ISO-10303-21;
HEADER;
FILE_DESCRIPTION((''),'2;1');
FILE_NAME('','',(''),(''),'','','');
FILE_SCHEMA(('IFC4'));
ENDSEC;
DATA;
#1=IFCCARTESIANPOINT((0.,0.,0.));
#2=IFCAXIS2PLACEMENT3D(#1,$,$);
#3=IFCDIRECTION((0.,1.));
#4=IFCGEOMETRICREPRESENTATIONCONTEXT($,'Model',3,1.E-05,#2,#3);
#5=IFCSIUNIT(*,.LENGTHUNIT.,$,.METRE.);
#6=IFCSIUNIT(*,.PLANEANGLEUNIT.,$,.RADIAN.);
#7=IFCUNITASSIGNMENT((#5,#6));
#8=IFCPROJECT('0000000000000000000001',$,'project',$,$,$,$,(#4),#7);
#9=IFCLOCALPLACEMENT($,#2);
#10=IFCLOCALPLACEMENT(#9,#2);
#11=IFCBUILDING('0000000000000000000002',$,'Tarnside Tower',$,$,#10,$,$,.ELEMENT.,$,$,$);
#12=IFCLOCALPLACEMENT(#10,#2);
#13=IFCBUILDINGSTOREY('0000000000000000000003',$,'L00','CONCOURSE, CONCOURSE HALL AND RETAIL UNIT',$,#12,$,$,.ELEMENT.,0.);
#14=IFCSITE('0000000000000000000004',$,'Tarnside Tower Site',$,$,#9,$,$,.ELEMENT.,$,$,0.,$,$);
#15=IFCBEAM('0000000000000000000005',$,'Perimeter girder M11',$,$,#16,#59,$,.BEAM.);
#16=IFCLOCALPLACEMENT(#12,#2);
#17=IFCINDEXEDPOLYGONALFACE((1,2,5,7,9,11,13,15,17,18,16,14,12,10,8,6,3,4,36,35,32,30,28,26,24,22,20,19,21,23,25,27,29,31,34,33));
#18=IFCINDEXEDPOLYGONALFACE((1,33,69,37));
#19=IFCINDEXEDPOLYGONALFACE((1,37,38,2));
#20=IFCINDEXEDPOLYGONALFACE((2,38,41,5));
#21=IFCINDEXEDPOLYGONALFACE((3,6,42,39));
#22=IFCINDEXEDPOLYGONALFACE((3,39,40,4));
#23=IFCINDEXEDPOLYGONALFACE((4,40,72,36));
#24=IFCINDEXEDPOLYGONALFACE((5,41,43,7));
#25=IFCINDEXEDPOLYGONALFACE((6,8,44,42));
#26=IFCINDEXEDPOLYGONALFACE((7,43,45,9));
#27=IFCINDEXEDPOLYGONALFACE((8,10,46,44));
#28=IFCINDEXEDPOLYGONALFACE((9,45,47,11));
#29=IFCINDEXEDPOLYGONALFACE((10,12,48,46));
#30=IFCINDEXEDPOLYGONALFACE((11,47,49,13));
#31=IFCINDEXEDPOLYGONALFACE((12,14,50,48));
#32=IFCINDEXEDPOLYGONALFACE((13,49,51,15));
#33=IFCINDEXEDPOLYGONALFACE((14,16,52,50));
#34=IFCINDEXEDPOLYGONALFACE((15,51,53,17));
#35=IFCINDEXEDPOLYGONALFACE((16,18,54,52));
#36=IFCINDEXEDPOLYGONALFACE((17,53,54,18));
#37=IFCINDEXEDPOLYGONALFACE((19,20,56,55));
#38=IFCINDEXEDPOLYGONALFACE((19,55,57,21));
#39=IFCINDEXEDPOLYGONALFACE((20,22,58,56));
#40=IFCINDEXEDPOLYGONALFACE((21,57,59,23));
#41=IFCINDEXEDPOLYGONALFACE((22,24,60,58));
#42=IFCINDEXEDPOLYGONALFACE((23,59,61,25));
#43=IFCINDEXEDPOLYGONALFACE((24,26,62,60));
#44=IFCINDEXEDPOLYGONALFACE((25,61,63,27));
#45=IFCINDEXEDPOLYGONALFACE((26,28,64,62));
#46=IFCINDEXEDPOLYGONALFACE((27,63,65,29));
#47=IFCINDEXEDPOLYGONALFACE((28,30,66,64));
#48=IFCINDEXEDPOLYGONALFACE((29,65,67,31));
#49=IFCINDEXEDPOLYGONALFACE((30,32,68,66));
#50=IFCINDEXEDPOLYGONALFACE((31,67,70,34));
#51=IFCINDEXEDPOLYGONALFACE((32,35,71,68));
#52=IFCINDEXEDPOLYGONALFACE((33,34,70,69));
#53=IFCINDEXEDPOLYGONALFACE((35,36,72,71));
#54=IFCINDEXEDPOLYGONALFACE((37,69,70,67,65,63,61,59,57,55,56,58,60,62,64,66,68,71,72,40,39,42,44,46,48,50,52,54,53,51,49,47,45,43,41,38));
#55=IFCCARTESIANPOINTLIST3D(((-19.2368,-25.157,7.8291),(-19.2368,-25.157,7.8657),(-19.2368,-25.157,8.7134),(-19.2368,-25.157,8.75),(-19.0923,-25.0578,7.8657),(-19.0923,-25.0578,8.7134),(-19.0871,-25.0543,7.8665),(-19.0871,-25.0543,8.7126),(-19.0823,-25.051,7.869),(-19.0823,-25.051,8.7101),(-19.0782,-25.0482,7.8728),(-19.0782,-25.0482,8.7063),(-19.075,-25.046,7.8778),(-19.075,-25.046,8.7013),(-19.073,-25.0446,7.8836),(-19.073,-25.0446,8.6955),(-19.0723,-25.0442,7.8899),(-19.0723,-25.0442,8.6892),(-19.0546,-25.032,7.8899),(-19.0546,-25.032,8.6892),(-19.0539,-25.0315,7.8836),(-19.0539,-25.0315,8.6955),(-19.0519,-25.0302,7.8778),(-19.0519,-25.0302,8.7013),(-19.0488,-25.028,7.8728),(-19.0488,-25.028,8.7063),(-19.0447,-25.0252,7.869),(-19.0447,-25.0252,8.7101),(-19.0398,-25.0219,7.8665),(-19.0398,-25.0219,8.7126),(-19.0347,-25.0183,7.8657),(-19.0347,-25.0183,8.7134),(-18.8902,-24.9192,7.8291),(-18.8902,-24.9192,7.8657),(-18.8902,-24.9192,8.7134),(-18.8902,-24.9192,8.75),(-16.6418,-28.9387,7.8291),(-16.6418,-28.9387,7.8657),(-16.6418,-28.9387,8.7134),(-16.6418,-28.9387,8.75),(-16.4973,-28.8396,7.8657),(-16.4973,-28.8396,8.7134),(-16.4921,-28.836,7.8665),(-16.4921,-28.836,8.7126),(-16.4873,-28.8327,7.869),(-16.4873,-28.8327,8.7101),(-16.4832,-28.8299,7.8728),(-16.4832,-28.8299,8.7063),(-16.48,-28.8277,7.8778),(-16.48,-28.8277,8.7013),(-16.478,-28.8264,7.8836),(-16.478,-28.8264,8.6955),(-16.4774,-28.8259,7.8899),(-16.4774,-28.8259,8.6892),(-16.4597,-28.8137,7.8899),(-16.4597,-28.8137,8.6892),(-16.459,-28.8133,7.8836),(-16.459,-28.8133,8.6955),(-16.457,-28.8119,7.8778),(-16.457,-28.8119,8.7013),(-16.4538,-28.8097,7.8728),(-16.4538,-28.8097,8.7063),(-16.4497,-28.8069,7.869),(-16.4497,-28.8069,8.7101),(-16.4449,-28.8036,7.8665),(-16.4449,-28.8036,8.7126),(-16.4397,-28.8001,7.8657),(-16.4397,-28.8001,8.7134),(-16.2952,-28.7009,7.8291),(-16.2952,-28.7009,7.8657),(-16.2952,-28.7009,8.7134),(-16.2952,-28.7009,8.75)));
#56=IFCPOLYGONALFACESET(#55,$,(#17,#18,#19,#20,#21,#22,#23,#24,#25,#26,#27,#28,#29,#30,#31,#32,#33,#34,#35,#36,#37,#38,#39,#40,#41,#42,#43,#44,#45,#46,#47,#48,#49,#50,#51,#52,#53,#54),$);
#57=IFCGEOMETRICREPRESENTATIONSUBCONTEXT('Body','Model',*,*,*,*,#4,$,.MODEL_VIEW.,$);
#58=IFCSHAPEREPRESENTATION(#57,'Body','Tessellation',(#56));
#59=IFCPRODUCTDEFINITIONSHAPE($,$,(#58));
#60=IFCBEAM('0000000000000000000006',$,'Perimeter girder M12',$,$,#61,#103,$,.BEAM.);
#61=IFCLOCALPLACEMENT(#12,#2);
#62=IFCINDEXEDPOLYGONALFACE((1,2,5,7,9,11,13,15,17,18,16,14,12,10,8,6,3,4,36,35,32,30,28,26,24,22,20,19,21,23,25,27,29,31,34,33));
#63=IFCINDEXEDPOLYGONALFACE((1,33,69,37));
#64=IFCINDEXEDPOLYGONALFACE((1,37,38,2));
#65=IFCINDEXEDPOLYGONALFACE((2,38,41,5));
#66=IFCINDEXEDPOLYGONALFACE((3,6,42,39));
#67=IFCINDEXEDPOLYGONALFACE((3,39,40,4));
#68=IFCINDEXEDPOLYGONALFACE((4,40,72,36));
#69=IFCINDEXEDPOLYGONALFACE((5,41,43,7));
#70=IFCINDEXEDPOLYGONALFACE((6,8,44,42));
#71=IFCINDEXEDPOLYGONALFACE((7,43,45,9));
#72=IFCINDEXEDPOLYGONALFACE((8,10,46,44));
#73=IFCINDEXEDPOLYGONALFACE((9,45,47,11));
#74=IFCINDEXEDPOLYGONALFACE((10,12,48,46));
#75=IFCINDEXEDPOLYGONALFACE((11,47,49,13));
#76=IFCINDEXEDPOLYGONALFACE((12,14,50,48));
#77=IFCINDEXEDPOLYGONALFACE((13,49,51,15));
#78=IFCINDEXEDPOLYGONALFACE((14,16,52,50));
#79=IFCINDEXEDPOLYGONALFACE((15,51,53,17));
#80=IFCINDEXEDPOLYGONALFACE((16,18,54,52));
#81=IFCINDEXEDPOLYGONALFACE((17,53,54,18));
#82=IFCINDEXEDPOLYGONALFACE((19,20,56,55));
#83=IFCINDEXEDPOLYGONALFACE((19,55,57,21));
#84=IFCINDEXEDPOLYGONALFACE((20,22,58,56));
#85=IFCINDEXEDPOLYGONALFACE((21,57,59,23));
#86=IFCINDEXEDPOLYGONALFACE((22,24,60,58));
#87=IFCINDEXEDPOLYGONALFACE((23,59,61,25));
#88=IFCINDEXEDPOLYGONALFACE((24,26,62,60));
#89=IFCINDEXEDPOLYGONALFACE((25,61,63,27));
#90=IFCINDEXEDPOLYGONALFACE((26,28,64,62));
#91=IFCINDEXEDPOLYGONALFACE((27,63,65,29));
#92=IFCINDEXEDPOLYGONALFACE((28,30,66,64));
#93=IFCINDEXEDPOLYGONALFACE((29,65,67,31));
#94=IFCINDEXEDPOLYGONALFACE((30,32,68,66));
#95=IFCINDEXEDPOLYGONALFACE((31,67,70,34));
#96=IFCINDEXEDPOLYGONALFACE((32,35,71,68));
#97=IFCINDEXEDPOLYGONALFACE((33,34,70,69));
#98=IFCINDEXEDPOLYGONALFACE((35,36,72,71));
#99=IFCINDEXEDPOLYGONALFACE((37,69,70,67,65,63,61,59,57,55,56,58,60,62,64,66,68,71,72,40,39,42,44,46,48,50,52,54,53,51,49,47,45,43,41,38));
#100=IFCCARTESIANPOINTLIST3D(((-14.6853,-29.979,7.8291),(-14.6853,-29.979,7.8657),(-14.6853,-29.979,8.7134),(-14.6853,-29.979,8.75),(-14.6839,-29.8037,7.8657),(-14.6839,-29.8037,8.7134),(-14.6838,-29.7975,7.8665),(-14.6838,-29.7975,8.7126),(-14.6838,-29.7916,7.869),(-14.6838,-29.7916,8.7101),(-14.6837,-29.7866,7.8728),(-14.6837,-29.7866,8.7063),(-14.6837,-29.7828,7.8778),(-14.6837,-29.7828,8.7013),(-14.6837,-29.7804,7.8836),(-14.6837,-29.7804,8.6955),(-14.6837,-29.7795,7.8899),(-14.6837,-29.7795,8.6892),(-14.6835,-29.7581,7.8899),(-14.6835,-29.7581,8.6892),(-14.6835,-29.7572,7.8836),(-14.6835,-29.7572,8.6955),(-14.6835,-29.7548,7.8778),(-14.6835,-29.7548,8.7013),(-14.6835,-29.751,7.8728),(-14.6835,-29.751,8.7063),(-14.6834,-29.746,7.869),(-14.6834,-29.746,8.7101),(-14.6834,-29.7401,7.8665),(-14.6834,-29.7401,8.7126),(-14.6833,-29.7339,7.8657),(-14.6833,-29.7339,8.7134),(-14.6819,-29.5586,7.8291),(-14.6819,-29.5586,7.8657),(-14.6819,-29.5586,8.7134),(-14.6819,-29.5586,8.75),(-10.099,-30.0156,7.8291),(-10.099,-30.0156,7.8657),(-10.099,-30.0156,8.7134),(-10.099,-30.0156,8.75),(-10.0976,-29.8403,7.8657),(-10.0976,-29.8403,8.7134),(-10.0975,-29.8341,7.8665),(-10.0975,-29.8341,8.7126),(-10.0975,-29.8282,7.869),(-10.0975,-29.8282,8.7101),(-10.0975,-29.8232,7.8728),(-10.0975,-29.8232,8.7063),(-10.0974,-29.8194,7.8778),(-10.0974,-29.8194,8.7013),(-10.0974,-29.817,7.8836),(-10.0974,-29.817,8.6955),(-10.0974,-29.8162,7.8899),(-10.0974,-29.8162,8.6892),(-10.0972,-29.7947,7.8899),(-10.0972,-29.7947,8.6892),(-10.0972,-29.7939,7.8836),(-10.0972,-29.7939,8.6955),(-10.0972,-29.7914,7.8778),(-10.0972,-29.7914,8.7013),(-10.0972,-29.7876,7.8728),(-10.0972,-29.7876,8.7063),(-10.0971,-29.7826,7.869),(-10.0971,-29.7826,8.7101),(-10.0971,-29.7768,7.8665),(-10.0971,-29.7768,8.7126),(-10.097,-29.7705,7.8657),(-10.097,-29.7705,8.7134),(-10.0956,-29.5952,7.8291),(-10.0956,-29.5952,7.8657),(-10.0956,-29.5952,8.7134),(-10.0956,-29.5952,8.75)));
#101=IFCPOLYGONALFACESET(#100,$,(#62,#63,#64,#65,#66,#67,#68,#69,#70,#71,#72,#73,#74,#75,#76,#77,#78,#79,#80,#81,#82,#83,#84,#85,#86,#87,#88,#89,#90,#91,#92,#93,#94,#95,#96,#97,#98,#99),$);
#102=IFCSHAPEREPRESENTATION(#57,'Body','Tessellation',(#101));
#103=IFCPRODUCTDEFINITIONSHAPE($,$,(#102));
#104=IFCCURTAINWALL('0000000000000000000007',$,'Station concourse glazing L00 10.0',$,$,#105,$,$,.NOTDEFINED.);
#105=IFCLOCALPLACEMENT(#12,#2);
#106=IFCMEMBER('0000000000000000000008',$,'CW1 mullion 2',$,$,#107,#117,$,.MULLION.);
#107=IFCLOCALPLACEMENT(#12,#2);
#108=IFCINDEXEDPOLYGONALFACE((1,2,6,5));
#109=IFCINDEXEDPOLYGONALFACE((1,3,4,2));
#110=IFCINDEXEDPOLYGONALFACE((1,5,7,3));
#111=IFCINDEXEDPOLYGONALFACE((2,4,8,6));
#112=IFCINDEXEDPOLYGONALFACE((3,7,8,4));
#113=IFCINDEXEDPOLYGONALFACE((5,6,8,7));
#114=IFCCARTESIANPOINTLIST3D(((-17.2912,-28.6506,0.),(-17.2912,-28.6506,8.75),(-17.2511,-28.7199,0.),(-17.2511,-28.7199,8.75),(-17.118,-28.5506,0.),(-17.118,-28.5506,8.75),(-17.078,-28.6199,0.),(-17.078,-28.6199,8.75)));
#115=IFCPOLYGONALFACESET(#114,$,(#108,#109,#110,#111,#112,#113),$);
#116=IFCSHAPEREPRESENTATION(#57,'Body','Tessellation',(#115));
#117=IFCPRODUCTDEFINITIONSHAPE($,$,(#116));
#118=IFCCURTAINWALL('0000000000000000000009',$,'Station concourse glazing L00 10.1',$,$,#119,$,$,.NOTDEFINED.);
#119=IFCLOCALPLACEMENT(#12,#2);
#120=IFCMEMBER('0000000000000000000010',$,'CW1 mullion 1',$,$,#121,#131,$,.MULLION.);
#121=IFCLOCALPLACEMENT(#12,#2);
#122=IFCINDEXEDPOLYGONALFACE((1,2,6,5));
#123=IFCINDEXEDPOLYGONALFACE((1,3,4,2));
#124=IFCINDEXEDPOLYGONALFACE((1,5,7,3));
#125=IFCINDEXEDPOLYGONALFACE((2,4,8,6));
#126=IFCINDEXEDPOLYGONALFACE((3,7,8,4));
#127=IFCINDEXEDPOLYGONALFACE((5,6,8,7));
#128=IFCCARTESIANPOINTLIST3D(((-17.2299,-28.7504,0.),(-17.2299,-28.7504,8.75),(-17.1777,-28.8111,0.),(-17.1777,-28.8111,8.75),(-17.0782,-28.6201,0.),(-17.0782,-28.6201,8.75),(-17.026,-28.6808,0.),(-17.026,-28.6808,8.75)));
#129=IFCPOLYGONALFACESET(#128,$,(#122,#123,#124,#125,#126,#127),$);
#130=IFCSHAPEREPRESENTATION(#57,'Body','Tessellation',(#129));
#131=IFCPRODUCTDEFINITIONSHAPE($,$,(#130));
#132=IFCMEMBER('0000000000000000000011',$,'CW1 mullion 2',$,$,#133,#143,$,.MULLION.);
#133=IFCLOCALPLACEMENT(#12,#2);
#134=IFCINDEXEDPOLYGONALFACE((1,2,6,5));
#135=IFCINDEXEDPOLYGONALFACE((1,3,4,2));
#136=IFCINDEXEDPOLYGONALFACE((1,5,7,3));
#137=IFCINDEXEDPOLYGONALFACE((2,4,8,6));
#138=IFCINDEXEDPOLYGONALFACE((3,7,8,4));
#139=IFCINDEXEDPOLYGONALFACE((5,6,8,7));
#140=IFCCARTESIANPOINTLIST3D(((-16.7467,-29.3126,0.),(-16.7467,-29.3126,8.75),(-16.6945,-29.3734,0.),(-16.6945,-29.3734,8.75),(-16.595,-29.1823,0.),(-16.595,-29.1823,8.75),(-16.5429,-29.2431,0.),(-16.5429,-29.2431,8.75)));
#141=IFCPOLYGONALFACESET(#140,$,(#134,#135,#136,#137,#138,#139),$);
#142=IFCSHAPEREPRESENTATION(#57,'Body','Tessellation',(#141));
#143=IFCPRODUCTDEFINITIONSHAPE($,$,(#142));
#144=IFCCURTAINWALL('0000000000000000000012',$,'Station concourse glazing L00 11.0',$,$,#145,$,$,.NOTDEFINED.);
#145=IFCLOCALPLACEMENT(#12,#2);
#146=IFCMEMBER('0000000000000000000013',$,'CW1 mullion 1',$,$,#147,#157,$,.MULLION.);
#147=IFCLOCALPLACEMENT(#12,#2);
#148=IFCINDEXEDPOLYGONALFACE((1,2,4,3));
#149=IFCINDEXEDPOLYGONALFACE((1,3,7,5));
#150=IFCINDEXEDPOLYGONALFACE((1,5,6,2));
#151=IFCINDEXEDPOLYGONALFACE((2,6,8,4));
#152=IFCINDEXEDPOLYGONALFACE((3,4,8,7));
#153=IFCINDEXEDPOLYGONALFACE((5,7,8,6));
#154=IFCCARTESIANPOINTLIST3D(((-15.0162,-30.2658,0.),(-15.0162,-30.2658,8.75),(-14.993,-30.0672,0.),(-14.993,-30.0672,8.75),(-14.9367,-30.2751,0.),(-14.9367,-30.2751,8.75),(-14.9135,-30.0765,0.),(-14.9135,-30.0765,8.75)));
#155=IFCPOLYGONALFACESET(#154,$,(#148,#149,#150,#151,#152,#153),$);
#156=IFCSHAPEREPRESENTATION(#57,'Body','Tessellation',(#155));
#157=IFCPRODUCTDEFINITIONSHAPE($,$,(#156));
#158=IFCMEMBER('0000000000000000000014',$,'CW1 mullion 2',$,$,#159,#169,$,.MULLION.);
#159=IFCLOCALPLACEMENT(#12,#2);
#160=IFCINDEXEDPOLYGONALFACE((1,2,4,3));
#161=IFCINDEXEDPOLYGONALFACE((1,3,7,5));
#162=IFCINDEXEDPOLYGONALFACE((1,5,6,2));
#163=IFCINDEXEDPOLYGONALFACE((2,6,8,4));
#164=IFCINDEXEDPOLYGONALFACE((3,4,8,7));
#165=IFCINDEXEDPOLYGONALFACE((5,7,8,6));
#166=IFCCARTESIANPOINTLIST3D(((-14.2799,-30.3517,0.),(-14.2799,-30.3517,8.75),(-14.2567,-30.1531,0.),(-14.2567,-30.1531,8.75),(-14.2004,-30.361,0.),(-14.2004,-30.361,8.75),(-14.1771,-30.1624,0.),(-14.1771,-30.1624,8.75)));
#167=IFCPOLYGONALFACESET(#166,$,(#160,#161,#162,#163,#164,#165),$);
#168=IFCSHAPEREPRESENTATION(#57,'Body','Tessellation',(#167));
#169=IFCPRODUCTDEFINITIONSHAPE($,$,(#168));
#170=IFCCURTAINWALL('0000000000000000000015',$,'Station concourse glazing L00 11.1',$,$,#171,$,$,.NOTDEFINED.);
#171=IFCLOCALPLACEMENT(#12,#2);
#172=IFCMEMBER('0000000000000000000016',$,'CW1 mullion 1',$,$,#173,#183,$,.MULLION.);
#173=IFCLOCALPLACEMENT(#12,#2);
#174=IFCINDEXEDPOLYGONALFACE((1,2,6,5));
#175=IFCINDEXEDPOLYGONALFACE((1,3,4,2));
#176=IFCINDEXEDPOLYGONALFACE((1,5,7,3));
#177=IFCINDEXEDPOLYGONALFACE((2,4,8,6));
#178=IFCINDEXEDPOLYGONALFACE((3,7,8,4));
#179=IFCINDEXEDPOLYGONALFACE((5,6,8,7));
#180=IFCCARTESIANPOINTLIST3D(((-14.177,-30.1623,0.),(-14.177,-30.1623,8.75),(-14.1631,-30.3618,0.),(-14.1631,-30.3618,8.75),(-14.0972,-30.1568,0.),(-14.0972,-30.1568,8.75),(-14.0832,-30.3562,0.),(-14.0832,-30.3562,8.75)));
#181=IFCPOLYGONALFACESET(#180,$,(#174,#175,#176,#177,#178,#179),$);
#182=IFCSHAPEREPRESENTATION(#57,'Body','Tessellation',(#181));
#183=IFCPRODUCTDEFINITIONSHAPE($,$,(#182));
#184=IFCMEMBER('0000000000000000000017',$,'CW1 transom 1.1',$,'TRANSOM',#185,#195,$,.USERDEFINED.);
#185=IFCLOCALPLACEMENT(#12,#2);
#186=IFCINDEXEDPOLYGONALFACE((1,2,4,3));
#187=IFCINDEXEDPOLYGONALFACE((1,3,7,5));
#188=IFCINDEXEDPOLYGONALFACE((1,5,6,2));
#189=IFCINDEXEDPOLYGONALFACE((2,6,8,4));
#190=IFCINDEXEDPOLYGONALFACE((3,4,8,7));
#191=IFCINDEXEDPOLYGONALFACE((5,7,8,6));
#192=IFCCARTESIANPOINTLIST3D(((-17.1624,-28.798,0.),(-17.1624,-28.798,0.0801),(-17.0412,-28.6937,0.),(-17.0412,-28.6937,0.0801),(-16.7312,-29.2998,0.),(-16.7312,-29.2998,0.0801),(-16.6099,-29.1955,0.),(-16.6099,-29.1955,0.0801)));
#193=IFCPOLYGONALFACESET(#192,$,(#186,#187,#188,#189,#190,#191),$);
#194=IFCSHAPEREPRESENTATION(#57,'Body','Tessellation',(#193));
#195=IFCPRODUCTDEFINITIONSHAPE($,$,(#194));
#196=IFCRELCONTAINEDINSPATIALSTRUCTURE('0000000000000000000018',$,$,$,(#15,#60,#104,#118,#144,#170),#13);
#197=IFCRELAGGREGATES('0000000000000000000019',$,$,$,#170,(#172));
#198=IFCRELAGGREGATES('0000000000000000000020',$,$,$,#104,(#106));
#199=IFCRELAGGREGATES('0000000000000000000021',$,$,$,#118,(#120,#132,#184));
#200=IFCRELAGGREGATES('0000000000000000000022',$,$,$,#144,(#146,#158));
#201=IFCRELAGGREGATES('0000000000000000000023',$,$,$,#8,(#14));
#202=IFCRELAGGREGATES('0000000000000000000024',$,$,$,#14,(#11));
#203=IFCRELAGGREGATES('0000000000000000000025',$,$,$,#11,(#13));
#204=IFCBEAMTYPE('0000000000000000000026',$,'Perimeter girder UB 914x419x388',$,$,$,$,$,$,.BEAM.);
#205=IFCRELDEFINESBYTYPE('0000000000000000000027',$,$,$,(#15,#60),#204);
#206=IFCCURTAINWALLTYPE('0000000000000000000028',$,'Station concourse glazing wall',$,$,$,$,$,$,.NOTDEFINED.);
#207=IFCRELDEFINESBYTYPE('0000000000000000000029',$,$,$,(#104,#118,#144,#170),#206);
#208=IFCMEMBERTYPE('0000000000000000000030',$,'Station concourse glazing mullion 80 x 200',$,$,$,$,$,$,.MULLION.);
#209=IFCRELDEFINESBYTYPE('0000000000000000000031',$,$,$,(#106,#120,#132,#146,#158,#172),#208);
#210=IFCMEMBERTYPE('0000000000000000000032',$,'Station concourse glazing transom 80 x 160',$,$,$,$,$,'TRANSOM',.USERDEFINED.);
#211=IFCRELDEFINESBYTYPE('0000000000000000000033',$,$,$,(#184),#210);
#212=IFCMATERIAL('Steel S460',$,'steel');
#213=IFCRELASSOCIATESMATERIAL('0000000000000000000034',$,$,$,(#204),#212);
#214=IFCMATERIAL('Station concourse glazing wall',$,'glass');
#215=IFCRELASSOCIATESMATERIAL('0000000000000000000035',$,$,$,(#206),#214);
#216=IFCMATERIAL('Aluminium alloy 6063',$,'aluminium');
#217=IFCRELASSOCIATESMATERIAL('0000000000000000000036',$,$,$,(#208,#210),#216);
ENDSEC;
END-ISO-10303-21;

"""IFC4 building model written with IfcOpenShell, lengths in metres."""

from ifc_helpers import new_model, si_unit, direction, frame, origin, origin_2d, place, context, subcontext, project, spatial, rectangle, i_section, extrude, material, material_profile, profile_set, type_object, element, aggregate, save


model = new_model("IFC4")

# Units and contexts
model_context = context("Model", 3, precision=1e-05, world=origin(), true_north=direction((0.0, 1.0)))
body_context = subcontext(model_context, "Body", "Model", "MODEL_VIEW")
ifc_project = project(units=[si_unit("LENGTHUNIT", "METRE"), si_unit("PLANEANGLEUNIT", "RADIAN")], contexts=[model_context])

# Site, building, storey
site_placement = place(None, origin())
site = spatial("IfcSite", under=ifc_project, at=site_placement, Name="Tarnside Tower Site", CompositionType="ELEMENT", RefElevation=0.0)
building_placement = place(site_placement, origin())
building = spatial("IfcBuilding", under=site, at=building_placement, Name="Tarnside Tower", CompositionType="ELEMENT")
storey_placement = place(building_placement, origin())
storey = spatial("IfcBuildingStorey", under=building, at=storey_placement, Name="L00", Description="CONCOURSE, CONCOURSE HALL AND RETAIL UNIT", CompositionType="ELEMENT", Elevation=0.0)

# Shared definitions
ifc_material_1 = material(Name="Steel S460", Category="steel")

# Beams
ifc_material_profile_1 = material_profile(ifc_material_1, i_section(OverallWidth=0.4204, OverallDepth=0.9209, WebThickness=0.0215, FlangeThickness=0.0366, FilletRadius=0.0242, at=origin_2d()), Name="UB 914x419x388")
ifc_profile_set_1 = profile_set([ifc_material_profile_1], Name="Steel S460")
beam_type_1 = type_object("IfcBeamType", Name="Perimeter girder UB 914x419x388", PredefinedType="BEAM", material=ifc_profile_set_1)
for number, where, z_axis, x_axis, name in (
    (1, (-19.0635, -25.0381, 8.2896), (0.565792, -0.824548, 0.0), (0.824548, 0.565792, 0.0), "Perimeter girder M11"),
    (2, (-14.6836, -29.7688, 8.2896), (0.999968, -0.007985, 0.0), (0.007985, 0.999968, 0.0), "Perimeter girder M12"),
):
    element("IfcBeam", number, at=place(storey_placement, frame(where, z_axis=z_axis, x_axis=x_axis)), inside=storey, type_object=beam_type_1, Name=name, PredefinedType="BEAM", context=body_context, shape_type="SweptSolid", body=[
        extrude(i_section(OverallWidth=0.4204, OverallDepth=0.9209, WebThickness=0.0215, FlangeThickness=0.0366, FilletRadius=0.0242, at=origin_2d()), origin(), (0.0, 0.0, 1.0), 4.5864),
    ])

# Curtain wall, member
ifc_material_2 = material(Name="Station concourse glazing wall", Category="glass")
curtain_wall_type = type_object("IfcCurtainWallType", Name="Station concourse glazing wall", PredefinedType="NOTDEFINED", material=ifc_material_2)
curtain_wall_1_placement = place(storey_placement, origin())
curtain_wall_1 = element("IfcCurtainWall", 3, at=curtain_wall_1_placement, inside=storey, type_object=curtain_wall_type, Name="Station concourse glazing L00 10.0", PredefinedType="NOTDEFINED")
ifc_material_3 = material(Name="Aluminium alloy 6063", Category="aluminium")
ifc_material_profile_2 = material_profile(ifc_material_3, rectangle(XDim=0.2, YDim=0.0801, at=origin_2d()), Name="Station concourse glazing mullion 80 x 200")
ifc_profile_set_2 = profile_set([ifc_material_profile_2], Name="Aluminium alloy 6063")
member_type_1 = type_object("IfcMemberType", Name="Station concourse glazing mullion 80 x 200", PredefinedType="MULLION", material=ifc_profile_set_2)
member_1_placement = place(storey_placement, frame((-17.1846, -28.6353, 0.0), z_axis=(0.0, 0.0, 1.0), x_axis=(0.866025, 0.5, 0.0)))
member_1 = element("IfcMember", 4, at=member_1_placement, type_object=member_type_1, Name="CW1 mullion 2", PredefinedType="MULLION", context=body_context, shape_type="SweptSolid", body=[
    extrude(rectangle(XDim=0.2, YDim=0.0801, at=origin_2d()), origin(), (0.0, 0.0, 1.0), 8.75),
])

# Curtain walls, members
curtain_wall_2_placement = place(storey_placement, origin())
curtain_wall_2 = element("IfcCurtainWall", 5, at=curtain_wall_2_placement, inside=storey, type_object=curtain_wall_type, Name="Station concourse glazing L00 10.1", PredefinedType="NOTDEFINED")
member_2_placement = place(storey_placement, frame((-17.1279, -28.7156, 0.0), z_axis=(0.0, 0.0, 1.0), x_axis=(0.758514, 0.651657, 0.0)))
member_2 = element("IfcMember", 6, at=member_2_placement, type_object=member_type_1, Name="CW1 mullion 1", PredefinedType="MULLION", context=body_context, shape_type="SweptSolid", body=[
    extrude(rectangle(XDim=0.2, YDim=0.0801, at=origin_2d()), origin(), (0.0, 0.0, 1.0), 8.75),
])
member_3_placement = place(storey_placement, frame((-16.6448, -29.2778, 0.0), z_axis=(0.0, 0.0, 1.0), x_axis=(0.758514, 0.651657, 0.0)))
member_3 = element("IfcMember", 7, at=member_3_placement, type_object=member_type_1, Name="CW1 mullion 2", PredefinedType="MULLION", context=body_context, shape_type="SweptSolid", body=[
    extrude(rectangle(XDim=0.2, YDim=0.0801, at=origin_2d()), origin(), (0.0, 0.0, 1.0), 8.75),
])
curtain_wall_3_placement = place(storey_placement, origin())
curtain_wall_3 = element("IfcCurtainWall", 8, at=curtain_wall_3_placement, inside=storey, type_object=curtain_wall_type, Name="Station concourse glazing L00 11.0", PredefinedType="NOTDEFINED")
member_4_placement = place(storey_placement, frame((-14.9648, -30.1711, 0.0), z_axis=(0.0, 0.0, 1.0), x_axis=(0.116093, 0.993238, 0.0)))
member_4 = element("IfcMember", 9, at=member_4_placement, type_object=member_type_1, Name="CW1 mullion 1", PredefinedType="MULLION", context=body_context, shape_type="SweptSolid", body=[
    extrude(rectangle(XDim=0.2, YDim=0.0801, at=origin_2d()), origin(), (0.0, 0.0, 1.0), 8.75),
])
member_5_placement = place(storey_placement, frame((-14.2285, -30.2571, 0.0), z_axis=(0.0, 0.0, 1.0), x_axis=(0.116093, 0.993238, 0.0)))
member_5 = element("IfcMember", 10, at=member_5_placement, type_object=member_type_1, Name="CW1 mullion 2", PredefinedType="MULLION", context=body_context, shape_type="SweptSolid", body=[
    extrude(rectangle(XDim=0.2, YDim=0.0801, at=origin_2d()), origin(), (0.0, 0.0, 1.0), 8.75),
])

# Curtain wall, member
curtain_wall_4_placement = place(storey_placement, origin())
curtain_wall_4 = element("IfcCurtainWall", 11, at=curtain_wall_4_placement, inside=storey, type_object=curtain_wall_type, Name="Station concourse glazing L00 11.1", PredefinedType="NOTDEFINED")
member_6_placement = place(storey_placement, frame((-14.1301, -30.2593, 0.0), z_axis=(0.0, 0.0, 1.0), x_axis=(-0.069756, 0.997564, 0.0)))
member_6 = element("IfcMember", 12, at=member_6_placement, type_object=member_type_1, Name="CW1 mullion 1", PredefinedType="MULLION", context=body_context, shape_type="SweptSolid", body=[
    extrude(rectangle(XDim=0.2, YDim=0.0801, at=origin_2d()), origin(), (0.0, 0.0, 1.0), 8.75),
])

# Member
ifc_material_profile_3 = material_profile(ifc_material_3, rectangle(XDim=0.1599, YDim=0.0801, at=origin_2d()), Name="Station concourse glazing transom 80 x 160")
ifc_profile_set_3 = profile_set([ifc_material_profile_3], Name="Aluminium alloy 6063")
member_type_2 = type_object("IfcMemberType", Name="Station concourse glazing transom 80 x 160", ElementType="TRANSOM", PredefinedType="USERDEFINED", material=ifc_profile_set_3)
member_7_placement = place(storey_placement, frame((-17.1018, -28.7458, 0.04), z_axis=(0.651763, -0.758422, 0.0), x_axis=(0.758422, 0.651763, 0.0)))
member_7 = element("IfcMember", 13, at=member_7_placement, type_object=member_type_2, Name="CW1 transom 1.1", ObjectType="TRANSOM", PredefinedType="USERDEFINED", context=body_context, shape_type="SweptSolid", body=[
    extrude(rectangle(XDim=0.1599, YDim=0.0801, at=origin_2d()), origin(), (0.0, 0.0, 1.0), 0.6616),
])
aggregate(curtain_wall_4, [member_6])

aggregate(curtain_wall_1, [member_1])
aggregate(curtain_wall_2, [member_2, member_3, member_7])
aggregate(curtain_wall_3, [member_4, member_5])

save(model, "model.ifc")
